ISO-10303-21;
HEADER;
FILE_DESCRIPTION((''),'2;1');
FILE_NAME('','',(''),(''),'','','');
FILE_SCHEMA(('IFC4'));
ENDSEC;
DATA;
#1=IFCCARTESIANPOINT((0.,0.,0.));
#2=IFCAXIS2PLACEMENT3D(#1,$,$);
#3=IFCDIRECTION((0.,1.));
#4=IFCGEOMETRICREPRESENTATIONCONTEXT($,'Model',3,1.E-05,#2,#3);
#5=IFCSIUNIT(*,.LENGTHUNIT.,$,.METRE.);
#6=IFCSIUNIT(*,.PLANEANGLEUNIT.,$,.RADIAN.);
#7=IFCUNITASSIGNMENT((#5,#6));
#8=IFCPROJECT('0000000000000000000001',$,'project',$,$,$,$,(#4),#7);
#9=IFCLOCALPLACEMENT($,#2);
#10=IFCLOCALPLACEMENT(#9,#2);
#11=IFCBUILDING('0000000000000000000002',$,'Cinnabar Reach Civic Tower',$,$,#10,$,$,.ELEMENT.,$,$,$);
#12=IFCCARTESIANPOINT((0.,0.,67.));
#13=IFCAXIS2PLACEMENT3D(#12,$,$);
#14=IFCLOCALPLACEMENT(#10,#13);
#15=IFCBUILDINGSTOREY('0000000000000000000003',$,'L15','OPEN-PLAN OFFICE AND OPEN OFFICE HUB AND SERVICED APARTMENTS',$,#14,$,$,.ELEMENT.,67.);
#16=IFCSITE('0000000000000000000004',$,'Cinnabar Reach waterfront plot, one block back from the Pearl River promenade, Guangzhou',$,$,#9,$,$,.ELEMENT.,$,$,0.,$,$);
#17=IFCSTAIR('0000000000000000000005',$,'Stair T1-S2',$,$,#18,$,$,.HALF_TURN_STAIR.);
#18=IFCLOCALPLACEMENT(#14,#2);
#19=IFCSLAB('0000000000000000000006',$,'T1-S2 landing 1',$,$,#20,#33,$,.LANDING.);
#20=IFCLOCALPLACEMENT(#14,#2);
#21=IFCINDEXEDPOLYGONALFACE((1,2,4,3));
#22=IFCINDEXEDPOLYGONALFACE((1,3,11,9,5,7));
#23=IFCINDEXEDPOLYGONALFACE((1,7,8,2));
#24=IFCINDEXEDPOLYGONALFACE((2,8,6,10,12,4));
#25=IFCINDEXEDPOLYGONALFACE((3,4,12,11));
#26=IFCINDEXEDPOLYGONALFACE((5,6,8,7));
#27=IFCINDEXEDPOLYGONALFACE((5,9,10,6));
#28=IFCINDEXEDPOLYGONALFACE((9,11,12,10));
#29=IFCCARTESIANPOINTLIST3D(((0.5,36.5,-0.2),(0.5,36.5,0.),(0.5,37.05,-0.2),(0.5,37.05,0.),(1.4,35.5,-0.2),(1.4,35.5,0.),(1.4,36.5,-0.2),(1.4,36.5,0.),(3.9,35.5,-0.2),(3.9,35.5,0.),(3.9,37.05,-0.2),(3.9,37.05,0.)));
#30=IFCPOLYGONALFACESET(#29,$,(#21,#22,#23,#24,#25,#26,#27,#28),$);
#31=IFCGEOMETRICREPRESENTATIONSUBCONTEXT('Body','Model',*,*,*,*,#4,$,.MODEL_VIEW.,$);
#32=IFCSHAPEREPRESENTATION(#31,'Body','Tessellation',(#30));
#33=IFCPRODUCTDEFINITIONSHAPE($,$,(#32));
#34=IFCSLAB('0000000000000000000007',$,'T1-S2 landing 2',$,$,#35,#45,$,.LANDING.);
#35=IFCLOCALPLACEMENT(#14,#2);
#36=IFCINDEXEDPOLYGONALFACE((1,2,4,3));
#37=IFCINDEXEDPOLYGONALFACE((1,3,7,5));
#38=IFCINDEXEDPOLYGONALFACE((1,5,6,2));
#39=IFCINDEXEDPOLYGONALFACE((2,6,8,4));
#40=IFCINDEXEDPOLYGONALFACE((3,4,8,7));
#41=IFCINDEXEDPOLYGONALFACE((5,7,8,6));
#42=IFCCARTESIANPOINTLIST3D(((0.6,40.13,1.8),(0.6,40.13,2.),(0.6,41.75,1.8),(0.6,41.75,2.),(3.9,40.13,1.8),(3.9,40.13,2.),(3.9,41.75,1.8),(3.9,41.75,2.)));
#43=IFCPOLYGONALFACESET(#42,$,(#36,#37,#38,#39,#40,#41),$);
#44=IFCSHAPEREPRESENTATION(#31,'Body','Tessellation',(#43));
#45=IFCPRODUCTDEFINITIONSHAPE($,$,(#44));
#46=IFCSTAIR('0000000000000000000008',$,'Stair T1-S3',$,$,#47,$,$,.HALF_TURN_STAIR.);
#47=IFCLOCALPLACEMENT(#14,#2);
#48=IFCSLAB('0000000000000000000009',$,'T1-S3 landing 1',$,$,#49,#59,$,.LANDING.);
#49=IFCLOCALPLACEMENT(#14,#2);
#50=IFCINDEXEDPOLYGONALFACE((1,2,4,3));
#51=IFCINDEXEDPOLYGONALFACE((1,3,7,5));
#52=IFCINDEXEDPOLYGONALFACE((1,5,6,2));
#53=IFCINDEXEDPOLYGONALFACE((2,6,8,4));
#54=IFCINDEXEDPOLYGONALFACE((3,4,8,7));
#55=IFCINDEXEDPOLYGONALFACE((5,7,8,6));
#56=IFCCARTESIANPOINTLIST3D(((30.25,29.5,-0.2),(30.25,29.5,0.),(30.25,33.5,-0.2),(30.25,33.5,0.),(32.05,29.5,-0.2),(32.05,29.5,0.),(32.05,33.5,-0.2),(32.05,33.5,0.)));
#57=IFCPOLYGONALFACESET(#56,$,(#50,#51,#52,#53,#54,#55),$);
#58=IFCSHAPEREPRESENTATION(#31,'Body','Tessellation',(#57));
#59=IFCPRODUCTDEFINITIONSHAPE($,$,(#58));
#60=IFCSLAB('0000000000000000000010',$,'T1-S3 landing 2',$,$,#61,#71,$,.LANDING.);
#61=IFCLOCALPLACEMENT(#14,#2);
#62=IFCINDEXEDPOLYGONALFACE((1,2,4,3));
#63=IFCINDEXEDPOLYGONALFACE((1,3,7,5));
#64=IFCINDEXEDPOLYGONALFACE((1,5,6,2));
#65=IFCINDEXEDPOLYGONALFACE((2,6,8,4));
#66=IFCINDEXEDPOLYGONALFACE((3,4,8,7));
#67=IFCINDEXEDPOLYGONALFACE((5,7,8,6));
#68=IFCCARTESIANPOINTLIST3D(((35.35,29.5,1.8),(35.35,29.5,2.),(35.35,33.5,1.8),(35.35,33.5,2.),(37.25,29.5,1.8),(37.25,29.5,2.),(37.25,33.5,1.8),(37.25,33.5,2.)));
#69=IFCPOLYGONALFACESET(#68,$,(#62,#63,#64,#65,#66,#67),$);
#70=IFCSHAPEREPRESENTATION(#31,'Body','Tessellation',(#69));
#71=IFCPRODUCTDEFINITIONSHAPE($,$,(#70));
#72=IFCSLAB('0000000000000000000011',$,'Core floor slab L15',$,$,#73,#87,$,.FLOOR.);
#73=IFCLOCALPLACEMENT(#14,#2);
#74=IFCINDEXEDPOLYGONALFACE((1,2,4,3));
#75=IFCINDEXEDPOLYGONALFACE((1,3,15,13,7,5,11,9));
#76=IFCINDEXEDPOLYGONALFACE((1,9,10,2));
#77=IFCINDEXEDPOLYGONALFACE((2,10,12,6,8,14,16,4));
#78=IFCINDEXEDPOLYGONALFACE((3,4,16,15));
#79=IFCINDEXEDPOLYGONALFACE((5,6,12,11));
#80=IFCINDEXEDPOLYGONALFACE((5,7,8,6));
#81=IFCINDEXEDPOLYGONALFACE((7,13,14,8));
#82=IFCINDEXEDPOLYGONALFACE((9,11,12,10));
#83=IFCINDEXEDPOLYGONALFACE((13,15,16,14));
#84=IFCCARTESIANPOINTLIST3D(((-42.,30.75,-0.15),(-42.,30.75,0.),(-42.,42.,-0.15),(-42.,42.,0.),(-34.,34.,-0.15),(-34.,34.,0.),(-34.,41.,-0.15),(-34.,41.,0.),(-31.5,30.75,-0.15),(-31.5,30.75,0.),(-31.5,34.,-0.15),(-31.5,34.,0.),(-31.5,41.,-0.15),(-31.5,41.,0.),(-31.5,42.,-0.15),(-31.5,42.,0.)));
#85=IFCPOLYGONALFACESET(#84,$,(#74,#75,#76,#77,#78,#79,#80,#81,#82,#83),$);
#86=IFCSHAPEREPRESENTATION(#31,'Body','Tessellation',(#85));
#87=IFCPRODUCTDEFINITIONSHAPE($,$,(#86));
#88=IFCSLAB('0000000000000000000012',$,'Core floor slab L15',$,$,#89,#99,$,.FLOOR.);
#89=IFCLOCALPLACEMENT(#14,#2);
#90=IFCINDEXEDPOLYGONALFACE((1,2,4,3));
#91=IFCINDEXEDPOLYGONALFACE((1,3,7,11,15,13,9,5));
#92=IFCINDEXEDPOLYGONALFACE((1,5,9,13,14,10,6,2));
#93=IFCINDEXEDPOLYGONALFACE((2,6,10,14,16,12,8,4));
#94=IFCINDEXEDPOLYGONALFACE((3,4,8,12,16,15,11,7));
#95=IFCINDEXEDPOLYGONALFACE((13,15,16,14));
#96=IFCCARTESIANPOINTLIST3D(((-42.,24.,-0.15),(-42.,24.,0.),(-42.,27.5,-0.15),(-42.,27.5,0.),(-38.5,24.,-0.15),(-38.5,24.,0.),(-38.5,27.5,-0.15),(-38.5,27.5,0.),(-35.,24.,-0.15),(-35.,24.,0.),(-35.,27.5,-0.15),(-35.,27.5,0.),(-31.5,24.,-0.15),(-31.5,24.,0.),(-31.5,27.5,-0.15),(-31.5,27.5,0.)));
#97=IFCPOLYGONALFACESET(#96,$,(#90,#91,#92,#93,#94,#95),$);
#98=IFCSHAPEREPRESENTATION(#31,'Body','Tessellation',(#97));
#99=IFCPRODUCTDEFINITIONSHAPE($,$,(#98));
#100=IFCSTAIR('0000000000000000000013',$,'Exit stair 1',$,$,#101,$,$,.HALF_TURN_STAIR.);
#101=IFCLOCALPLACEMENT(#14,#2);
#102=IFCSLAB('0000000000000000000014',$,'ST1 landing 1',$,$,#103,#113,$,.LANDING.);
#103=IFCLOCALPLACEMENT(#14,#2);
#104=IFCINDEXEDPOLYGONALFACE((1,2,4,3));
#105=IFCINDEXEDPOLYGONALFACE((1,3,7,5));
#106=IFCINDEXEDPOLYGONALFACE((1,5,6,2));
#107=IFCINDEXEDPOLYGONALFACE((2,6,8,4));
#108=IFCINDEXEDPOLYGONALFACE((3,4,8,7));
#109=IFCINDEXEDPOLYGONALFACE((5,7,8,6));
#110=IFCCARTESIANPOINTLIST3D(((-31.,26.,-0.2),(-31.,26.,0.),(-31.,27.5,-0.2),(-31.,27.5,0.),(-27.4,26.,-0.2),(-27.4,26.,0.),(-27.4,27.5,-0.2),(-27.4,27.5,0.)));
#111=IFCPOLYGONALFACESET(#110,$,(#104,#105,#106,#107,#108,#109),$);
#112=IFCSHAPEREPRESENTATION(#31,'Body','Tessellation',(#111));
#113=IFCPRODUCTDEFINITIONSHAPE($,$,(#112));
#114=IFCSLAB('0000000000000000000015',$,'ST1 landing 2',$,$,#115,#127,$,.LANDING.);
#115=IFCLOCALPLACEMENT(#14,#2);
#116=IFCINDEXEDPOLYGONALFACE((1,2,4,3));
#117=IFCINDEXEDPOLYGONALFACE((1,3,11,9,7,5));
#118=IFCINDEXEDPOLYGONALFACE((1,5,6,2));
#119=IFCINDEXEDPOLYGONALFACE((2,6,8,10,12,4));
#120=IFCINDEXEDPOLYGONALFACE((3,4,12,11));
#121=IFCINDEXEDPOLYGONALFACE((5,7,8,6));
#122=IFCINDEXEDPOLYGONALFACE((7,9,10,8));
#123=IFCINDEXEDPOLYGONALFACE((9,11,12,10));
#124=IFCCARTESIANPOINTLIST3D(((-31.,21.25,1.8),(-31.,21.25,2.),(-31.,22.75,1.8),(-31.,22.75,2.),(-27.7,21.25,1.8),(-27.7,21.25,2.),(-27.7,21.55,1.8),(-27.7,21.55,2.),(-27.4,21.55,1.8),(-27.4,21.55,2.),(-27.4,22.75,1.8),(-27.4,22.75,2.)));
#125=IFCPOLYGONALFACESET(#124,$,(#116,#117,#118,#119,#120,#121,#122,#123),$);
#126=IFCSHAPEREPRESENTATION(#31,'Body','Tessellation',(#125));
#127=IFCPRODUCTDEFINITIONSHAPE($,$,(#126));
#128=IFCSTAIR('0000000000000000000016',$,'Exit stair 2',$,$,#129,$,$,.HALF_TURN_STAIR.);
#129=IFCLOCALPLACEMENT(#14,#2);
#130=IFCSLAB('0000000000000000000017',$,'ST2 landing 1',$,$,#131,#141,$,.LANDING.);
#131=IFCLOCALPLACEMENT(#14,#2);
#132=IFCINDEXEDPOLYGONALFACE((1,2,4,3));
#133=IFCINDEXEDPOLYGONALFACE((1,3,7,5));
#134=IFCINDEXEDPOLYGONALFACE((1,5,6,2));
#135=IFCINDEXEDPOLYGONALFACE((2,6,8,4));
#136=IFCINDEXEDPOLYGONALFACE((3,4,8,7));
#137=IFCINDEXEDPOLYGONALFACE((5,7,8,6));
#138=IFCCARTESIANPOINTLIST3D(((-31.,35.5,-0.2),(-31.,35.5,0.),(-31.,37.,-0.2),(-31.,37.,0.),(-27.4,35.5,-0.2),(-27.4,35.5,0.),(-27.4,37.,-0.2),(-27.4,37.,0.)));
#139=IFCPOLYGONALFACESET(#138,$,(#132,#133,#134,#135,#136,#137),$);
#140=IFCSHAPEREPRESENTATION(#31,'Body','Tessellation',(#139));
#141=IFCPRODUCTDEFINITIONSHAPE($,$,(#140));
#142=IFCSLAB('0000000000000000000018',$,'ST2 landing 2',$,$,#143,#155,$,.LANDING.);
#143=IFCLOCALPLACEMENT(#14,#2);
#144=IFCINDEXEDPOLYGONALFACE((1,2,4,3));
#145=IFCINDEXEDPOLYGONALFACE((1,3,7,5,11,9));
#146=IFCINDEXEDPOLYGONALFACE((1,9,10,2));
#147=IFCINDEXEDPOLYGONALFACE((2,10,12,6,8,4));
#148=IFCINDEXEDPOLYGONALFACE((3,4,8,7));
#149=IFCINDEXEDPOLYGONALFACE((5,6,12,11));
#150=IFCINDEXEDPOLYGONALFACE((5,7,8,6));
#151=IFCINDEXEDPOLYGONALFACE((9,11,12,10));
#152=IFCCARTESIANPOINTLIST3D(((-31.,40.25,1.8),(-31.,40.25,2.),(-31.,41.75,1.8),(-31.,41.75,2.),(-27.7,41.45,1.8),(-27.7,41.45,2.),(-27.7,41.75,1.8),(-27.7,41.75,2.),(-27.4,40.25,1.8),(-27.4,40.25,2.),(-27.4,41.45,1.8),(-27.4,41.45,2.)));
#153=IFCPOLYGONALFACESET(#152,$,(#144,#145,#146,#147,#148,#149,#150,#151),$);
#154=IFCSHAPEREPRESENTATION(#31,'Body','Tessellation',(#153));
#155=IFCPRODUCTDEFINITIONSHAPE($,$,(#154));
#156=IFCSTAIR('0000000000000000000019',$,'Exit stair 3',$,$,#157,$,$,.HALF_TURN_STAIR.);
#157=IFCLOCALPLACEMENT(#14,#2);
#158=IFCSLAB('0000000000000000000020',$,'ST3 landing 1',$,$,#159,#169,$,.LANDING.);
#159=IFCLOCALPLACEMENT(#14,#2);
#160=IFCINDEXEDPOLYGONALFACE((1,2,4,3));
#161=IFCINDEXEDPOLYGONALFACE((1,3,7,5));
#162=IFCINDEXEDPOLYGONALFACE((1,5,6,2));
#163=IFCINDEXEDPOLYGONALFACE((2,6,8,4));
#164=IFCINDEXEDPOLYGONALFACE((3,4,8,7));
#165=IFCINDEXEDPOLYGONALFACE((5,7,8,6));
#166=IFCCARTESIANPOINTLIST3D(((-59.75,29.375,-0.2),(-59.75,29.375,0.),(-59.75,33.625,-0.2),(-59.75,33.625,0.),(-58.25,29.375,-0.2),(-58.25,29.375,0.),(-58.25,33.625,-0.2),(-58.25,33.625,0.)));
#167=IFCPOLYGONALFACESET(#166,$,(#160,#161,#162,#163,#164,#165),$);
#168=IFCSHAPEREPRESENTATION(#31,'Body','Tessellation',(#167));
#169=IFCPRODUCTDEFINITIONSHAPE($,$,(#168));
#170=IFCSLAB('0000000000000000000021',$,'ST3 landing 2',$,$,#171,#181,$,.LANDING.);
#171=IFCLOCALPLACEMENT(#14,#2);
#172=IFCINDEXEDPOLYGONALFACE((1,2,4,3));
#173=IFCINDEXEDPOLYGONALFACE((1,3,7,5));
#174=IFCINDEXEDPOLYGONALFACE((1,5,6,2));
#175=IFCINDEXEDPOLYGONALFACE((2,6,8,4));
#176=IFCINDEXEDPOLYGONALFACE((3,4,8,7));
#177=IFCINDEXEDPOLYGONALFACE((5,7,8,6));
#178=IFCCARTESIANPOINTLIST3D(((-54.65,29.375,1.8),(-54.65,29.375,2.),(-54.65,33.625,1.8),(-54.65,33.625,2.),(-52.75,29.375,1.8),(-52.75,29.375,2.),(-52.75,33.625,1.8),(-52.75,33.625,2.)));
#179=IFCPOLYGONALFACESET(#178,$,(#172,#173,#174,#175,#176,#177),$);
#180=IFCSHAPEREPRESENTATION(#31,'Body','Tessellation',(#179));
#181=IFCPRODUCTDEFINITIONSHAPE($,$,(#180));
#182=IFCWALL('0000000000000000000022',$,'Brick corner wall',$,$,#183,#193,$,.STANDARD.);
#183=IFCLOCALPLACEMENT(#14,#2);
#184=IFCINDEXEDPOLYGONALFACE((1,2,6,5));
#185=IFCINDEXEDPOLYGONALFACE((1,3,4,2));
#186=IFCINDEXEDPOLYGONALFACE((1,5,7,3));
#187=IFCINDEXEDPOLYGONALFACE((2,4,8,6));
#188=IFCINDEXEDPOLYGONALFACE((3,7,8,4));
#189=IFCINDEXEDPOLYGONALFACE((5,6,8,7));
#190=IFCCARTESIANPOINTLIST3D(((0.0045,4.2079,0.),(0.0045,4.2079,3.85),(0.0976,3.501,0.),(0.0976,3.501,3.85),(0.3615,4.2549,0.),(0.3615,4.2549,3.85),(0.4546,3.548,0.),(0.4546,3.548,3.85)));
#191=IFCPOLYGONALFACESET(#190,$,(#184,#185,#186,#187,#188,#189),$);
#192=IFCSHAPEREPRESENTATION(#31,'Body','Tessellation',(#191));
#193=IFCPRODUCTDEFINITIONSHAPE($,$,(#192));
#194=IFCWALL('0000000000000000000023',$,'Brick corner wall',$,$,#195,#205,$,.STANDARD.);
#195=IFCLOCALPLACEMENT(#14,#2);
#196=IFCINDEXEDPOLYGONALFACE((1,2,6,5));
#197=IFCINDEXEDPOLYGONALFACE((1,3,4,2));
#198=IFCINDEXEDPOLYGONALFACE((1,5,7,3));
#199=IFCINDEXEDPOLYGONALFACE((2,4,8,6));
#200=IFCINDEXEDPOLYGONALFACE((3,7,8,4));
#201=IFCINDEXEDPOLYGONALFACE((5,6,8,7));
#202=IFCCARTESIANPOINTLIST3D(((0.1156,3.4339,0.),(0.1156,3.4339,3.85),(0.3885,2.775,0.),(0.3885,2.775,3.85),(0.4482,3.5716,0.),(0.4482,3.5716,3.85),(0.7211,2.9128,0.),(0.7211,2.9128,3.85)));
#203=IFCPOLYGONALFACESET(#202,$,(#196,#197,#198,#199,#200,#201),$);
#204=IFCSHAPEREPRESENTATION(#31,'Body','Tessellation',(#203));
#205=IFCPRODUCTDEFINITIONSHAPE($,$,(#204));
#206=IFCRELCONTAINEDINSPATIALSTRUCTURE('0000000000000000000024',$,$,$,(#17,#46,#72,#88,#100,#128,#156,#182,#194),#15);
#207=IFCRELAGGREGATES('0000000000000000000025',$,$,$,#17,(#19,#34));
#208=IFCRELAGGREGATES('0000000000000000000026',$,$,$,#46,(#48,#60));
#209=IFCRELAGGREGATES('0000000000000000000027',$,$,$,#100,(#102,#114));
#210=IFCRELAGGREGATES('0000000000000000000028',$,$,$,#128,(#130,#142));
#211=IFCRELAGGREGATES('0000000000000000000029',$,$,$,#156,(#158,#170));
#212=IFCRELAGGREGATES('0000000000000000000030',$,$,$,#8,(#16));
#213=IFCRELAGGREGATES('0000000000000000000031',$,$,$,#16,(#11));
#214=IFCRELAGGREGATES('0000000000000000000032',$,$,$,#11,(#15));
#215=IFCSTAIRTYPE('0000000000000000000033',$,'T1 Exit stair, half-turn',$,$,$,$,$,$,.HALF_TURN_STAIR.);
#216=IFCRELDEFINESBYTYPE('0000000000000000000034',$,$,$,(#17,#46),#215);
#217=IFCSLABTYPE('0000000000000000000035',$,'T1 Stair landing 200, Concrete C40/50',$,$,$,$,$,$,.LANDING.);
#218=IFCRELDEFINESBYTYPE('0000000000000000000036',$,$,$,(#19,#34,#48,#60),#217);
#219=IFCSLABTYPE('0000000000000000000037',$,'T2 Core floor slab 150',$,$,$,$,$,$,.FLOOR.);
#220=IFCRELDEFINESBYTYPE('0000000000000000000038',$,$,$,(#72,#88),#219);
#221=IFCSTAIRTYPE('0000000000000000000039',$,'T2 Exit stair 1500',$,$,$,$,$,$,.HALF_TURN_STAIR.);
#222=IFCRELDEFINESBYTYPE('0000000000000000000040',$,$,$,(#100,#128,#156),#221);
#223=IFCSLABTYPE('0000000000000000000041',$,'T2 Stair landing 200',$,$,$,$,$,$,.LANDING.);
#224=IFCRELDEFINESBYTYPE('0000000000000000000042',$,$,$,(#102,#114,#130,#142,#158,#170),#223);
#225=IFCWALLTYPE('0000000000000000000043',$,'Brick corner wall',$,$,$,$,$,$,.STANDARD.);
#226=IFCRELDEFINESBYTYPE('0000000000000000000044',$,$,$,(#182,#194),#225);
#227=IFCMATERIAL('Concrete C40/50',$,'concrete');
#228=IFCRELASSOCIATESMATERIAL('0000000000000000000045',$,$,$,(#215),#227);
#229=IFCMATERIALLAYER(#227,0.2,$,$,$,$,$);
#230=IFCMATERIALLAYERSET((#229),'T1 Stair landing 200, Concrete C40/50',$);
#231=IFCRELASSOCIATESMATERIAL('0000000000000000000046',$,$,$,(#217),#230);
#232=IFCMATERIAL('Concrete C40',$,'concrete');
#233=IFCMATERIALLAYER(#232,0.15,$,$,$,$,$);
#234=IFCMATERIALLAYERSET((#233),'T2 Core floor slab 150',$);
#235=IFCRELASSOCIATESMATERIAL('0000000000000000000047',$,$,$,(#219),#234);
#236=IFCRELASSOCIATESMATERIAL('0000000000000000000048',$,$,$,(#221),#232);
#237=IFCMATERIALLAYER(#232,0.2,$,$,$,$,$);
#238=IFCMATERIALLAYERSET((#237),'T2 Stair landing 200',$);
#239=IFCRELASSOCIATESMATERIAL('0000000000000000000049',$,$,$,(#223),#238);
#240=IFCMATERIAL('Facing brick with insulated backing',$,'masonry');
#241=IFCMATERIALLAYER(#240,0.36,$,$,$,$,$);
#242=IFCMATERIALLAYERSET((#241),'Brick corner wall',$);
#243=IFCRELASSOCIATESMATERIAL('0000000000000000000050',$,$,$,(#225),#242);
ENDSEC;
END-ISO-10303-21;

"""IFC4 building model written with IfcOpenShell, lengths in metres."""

from ifc_helpers import new_model, si_unit, direction, frame, frame_2d, origin, place, context, subcontext, project, spatial, polyline, rectangle, outline, extrude, material, layer, layer_set, type_object, element, aggregate, save


model = new_model("IFC4")

# Units and contexts
model_context = context("Model", 3, precision=1e-05, world=origin(), true_north=direction((0.0, 1.0)))
body_context = subcontext(model_context, "Body", "Model", "MODEL_VIEW")
ifc_project = project(units=[si_unit("LENGTHUNIT", "METRE"), si_unit("PLANEANGLEUNIT", "RADIAN")], contexts=[model_context])

# Site, building, storey
site_placement = place(None, origin())
site = spatial("IfcSite", under=ifc_project, at=site_placement, Name="Cinnabar Reach waterfront plot, one block back from the Pearl River promenade, Guangzhou", CompositionType="ELEMENT", RefElevation=0.0)
building_placement = place(site_placement, origin())
building = spatial("IfcBuilding", under=site, at=building_placement, Name="Cinnabar Reach Civic Tower", CompositionType="ELEMENT")
storey_placement = place(building_placement, frame((0.0, 0.0, 67.0)))
storey = spatial("IfcBuildingStorey", under=building, at=storey_placement, Name="L15", Description="OPEN-PLAN OFFICE AND OPEN OFFICE HUB AND SERVICED APARTMENTS", CompositionType="ELEMENT", Elevation=67.0)

# Stairs, slabs
ifc_material_1 = material(Name="Concrete C40/50", Category="concrete")
stair_type_1 = type_object("IfcStairType", Name="T1 Exit stair, half-turn", PredefinedType="HALF_TURN_STAIR", material=ifc_material_1)
stair_1_placement = place(storey_placement, origin())
stair_1 = element("IfcStair", 1, at=stair_1_placement, inside=storey, type_object=stair_type_1, Name="Stair T1-S2", PredefinedType="HALF_TURN_STAIR")
ifc_layer_1 = layer(ifc_material_1, 0.2)
ifc_layer_set_1 = layer_set([ifc_layer_1], Name="T1 Stair landing 200, Concrete C40/50")
slab_type_1 = type_object("IfcSlabType", Name="T1 Stair landing 200, Concrete C40/50", PredefinedType="LANDING", material=ifc_layer_set_1)
slab_1_placement = place(storey_placement, frame((0.0, 0.0, -0.2)))
slab_1 = element("IfcSlab", 2, at=slab_1_placement, type_object=slab_type_1, Name="T1-S2 landing 1", PredefinedType="LANDING", context=body_context, shape_type="SweptSolid", body=[
    extrude(outline(polyline([(0.5, 37.05), (3.9, 37.05), (3.9, 35.5), (1.4, 35.5), (1.4, 36.5), (0.5, 36.5), (0.5, 37.05)])), origin(), (0.0, 0.0, 1.0), 0.2),
])
slab_2_placement = place(storey_placement, frame((0.0, 0.0, 1.8)))
slab_2 = element("IfcSlab", 3, at=slab_2_placement, type_object=slab_type_1, Name="T1-S2 landing 2", PredefinedType="LANDING", context=body_context, shape_type="SweptSolid", body=[
    extrude(outline(polyline([(0.6, 40.13), (0.6, 41.75), (3.9, 41.75), (3.9, 40.13), (0.6, 40.13)])), origin(), (0.0, 0.0, 1.0), 0.2),
])
aggregate(stair_1, [slab_1, slab_2])
stair_2_placement = place(storey_placement, origin())
stair_2 = element("IfcStair", 4, at=stair_2_placement, inside=storey, type_object=stair_type_1, Name="Stair T1-S3", PredefinedType="HALF_TURN_STAIR")
slab_3_placement = place(storey_placement, frame((0.0, 0.0, -0.2)))
slab_3 = element("IfcSlab", 5, at=slab_3_placement, type_object=slab_type_1, Name="T1-S3 landing 1", PredefinedType="LANDING", context=body_context, shape_type="SweptSolid", body=[
    extrude(outline(polyline([(30.25, 29.5), (32.05, 29.5), (32.05, 33.5), (30.25, 33.5), (30.25, 29.5)])), origin(), (0.0, 0.0, 1.0), 0.2),
])
slab_4_placement = place(storey_placement, frame((0.0, 0.0, 1.8)))
slab_4 = element("IfcSlab", 6, at=slab_4_placement, type_object=slab_type_1, Name="T1-S3 landing 2", PredefinedType="LANDING", context=body_context, shape_type="SweptSolid", body=[
    extrude(outline(polyline([(35.35, 29.5), (37.25, 29.5), (37.25, 33.5), (35.35, 33.5), (35.35, 29.5)])), origin(), (0.0, 0.0, 1.0), 0.2),
])
aggregate(stair_2, [slab_3, slab_4])

# Slabs
ifc_material_2 = material(Name="Concrete C40", Category="concrete")
ifc_layer_2 = layer(ifc_material_2, 0.15)
ifc_layer_set_2 = layer_set([ifc_layer_2], Name="T2 Core floor slab 150")
slab_type_2 = type_object("IfcSlabType", Name="T2 Core floor slab 150", PredefinedType="FLOOR", material=ifc_layer_set_2)
slab_5_placement = place(storey_placement, frame((0.0, 0.0, -0.15)))
element("IfcSlab", 7, at=slab_5_placement, inside=storey, type_object=slab_type_2, Name="Core floor slab L15", PredefinedType="FLOOR", context=body_context, shape_type="SweptSolid", body=[
    extrude(outline(polyline([(-42.0, 42.0), (-31.5, 42.0), (-31.5, 41.0), (-34.0, 41.0), (-34.0, 34.0), (-31.5, 34.0), (-31.5, 30.75), (-42.0, 30.75), (-42.0, 42.0)])), origin(), (0.0, 0.0, 1.0), 0.15),
])
slab_6_placement = place(storey_placement, frame((0.0, 0.0, -0.15)))
element("IfcSlab", 8, at=slab_6_placement, inside=storey, type_object=slab_type_2, Name="Core floor slab L15", PredefinedType="FLOOR", context=body_context, shape_type="SweptSolid", body=[
    extrude(outline(polyline([(-35.0, 24.0), (-38.5, 24.0), (-42.0, 24.0), (-42.0, 27.5), (-38.5, 27.5), (-35.0, 27.5), (-31.5, 27.5), (-31.5, 24.0), (-35.0, 24.0)])), origin(), (0.0, 0.0, 1.0), 0.15),
])

# Stairs, slabs
stair_type_2 = type_object("IfcStairType", Name="T2 Exit stair 1500", PredefinedType="HALF_TURN_STAIR", material=ifc_material_2)
stair_3_placement = place(storey_placement, origin())
stair_3 = element("IfcStair", 9, at=stair_3_placement, inside=storey, type_object=stair_type_2, Name="Exit stair 1", PredefinedType="HALF_TURN_STAIR")
ifc_layer_3 = layer(ifc_material_2, 0.2)
ifc_layer_set_3 = layer_set([ifc_layer_3], Name="T2 Stair landing 200")
slab_type_3 = type_object("IfcSlabType", Name="T2 Stair landing 200", PredefinedType="LANDING", material=ifc_layer_set_3)
slab_7_placement = place(storey_placement, frame((0.0, 0.0, -0.2)))
slab_7 = element("IfcSlab", 10, at=slab_7_placement, type_object=slab_type_3, Name="ST1 landing 1", PredefinedType="LANDING", context=body_context, shape_type="SweptSolid", body=[
    extrude(outline(polyline([(-31.0, 26.0), (-31.0, 27.5), (-27.4, 27.5), (-27.4, 26.0), (-31.0, 26.0)])), origin(), (0.0, 0.0, 1.0), 0.2),
])
slab_8_placement = place(storey_placement, frame((0.0, 0.0, 1.8)))
slab_8 = element("IfcSlab", 11, at=slab_8_placement, type_object=slab_type_3, Name="ST1 landing 2", PredefinedType="LANDING", context=body_context, shape_type="SweptSolid", body=[
    extrude(outline(polyline([(-31.0, 21.25), (-31.0, 22.75), (-27.4, 22.75), (-27.4, 21.55), (-27.7, 21.55), (-27.7, 21.25), (-31.0, 21.25)])), origin(), (0.0, 0.0, 1.0), 0.2),
])
aggregate(stair_3, [slab_7, slab_8])
stair_4_placement = place(storey_placement, origin())
stair_4 = element("IfcStair", 12, at=stair_4_placement, inside=storey, type_object=stair_type_2, Name="Exit stair 2", PredefinedType="HALF_TURN_STAIR")
slab_9_placement = place(storey_placement, frame((0.0, 0.0, -0.2)))
slab_9 = element("IfcSlab", 13, at=slab_9_placement, type_object=slab_type_3, Name="ST2 landing 1", PredefinedType="LANDING", context=body_context, shape_type="SweptSolid", body=[
    extrude(outline(polyline([(-31.0, 35.5), (-31.0, 37.0), (-27.4, 37.0), (-27.4, 35.5), (-31.0, 35.5)])), origin(), (0.0, 0.0, 1.0), 0.2),
])
slab_10_placement = place(storey_placement, frame((0.0, 0.0, 1.8)))
slab_10 = element("IfcSlab", 14, at=slab_10_placement, type_object=slab_type_3, Name="ST2 landing 2", PredefinedType="LANDING", context=body_context, shape_type="SweptSolid", body=[
    extrude(outline(polyline([(-27.4, 40.25), (-31.0, 40.25), (-31.0, 41.75), (-27.7, 41.75), (-27.7, 41.45), (-27.4, 41.45), (-27.4, 40.25)])), origin(), (0.0, 0.0, 1.0), 0.2),
])
aggregate(stair_4, [slab_9, slab_10])
stair_5_placement = place(storey_placement, origin())
stair_5 = element("IfcStair", 15, at=stair_5_placement, inside=storey, type_object=stair_type_2, Name="Exit stair 3", PredefinedType="HALF_TURN_STAIR")
slab_11_placement = place(storey_placement, frame((0.0, 0.0, -0.2)))
slab_11 = element("IfcSlab", 16, at=slab_11_placement, type_object=slab_type_3, Name="ST3 landing 1", PredefinedType="LANDING", context=body_context, shape_type="SweptSolid", body=[
    extrude(outline(polyline([(-59.75, 29.375), (-59.75, 33.625), (-58.25, 33.625), (-58.25, 29.375), (-59.75, 29.375)])), origin(), (0.0, 0.0, 1.0), 0.2),
])
slab_12_placement = place(storey_placement, frame((0.0, 0.0, 1.8)))
slab_12 = element("IfcSlab", 17, at=slab_12_placement, type_object=slab_type_3, Name="ST3 landing 2", PredefinedType="LANDING", context=body_context, shape_type="SweptSolid", body=[
    extrude(outline(polyline([(-54.65, 29.375), (-54.65, 33.625), (-52.75, 33.625), (-52.75, 29.375), (-54.65, 29.375)])), origin(), (0.0, 0.0, 1.0), 0.2),
])
aggregate(stair_5, [slab_11, slab_12])

# Walls
ifc_material_3 = material(Name="Facing brick with insulated backing", Category="masonry")
ifc_layer_4 = layer(ifc_material_3, 0.36)
ifc_layer_set_4 = layer_set([ifc_layer_4], Name="Brick corner wall")
wall_type_1 = type_object("IfcWallType", Name="Brick corner wall", PredefinedType="STANDARD", material=ifc_layer_set_4)
for number, where, z_axis, x_axis, name in (
    (18, (0.183, 4.2314, 0.0), (0.0, 0.0, 1.0), (0.130556, -0.991441, 0.0), "Brick corner wall"),
    (19, (0.2819, 3.5027, 0.0), (0.0, 0.0, 1.0), (0.382703, -0.923872, 0.0), "Brick corner wall"),
):
    element("IfcWall", number, at=place(storey_placement, frame(where, z_axis=z_axis, x_axis=x_axis)), inside=storey, type_object=wall_type_1, Name=name, PredefinedType="STANDARD", context=body_context, shape_type="SweptSolid", body=[
        extrude(rectangle(XDim=0.7131, YDim=0.36, at=frame_2d((0.3565, 0.0))), origin(), (0.0, 0.0, 1.0), 3.85),
    ])

save(model, "model.ifc")
